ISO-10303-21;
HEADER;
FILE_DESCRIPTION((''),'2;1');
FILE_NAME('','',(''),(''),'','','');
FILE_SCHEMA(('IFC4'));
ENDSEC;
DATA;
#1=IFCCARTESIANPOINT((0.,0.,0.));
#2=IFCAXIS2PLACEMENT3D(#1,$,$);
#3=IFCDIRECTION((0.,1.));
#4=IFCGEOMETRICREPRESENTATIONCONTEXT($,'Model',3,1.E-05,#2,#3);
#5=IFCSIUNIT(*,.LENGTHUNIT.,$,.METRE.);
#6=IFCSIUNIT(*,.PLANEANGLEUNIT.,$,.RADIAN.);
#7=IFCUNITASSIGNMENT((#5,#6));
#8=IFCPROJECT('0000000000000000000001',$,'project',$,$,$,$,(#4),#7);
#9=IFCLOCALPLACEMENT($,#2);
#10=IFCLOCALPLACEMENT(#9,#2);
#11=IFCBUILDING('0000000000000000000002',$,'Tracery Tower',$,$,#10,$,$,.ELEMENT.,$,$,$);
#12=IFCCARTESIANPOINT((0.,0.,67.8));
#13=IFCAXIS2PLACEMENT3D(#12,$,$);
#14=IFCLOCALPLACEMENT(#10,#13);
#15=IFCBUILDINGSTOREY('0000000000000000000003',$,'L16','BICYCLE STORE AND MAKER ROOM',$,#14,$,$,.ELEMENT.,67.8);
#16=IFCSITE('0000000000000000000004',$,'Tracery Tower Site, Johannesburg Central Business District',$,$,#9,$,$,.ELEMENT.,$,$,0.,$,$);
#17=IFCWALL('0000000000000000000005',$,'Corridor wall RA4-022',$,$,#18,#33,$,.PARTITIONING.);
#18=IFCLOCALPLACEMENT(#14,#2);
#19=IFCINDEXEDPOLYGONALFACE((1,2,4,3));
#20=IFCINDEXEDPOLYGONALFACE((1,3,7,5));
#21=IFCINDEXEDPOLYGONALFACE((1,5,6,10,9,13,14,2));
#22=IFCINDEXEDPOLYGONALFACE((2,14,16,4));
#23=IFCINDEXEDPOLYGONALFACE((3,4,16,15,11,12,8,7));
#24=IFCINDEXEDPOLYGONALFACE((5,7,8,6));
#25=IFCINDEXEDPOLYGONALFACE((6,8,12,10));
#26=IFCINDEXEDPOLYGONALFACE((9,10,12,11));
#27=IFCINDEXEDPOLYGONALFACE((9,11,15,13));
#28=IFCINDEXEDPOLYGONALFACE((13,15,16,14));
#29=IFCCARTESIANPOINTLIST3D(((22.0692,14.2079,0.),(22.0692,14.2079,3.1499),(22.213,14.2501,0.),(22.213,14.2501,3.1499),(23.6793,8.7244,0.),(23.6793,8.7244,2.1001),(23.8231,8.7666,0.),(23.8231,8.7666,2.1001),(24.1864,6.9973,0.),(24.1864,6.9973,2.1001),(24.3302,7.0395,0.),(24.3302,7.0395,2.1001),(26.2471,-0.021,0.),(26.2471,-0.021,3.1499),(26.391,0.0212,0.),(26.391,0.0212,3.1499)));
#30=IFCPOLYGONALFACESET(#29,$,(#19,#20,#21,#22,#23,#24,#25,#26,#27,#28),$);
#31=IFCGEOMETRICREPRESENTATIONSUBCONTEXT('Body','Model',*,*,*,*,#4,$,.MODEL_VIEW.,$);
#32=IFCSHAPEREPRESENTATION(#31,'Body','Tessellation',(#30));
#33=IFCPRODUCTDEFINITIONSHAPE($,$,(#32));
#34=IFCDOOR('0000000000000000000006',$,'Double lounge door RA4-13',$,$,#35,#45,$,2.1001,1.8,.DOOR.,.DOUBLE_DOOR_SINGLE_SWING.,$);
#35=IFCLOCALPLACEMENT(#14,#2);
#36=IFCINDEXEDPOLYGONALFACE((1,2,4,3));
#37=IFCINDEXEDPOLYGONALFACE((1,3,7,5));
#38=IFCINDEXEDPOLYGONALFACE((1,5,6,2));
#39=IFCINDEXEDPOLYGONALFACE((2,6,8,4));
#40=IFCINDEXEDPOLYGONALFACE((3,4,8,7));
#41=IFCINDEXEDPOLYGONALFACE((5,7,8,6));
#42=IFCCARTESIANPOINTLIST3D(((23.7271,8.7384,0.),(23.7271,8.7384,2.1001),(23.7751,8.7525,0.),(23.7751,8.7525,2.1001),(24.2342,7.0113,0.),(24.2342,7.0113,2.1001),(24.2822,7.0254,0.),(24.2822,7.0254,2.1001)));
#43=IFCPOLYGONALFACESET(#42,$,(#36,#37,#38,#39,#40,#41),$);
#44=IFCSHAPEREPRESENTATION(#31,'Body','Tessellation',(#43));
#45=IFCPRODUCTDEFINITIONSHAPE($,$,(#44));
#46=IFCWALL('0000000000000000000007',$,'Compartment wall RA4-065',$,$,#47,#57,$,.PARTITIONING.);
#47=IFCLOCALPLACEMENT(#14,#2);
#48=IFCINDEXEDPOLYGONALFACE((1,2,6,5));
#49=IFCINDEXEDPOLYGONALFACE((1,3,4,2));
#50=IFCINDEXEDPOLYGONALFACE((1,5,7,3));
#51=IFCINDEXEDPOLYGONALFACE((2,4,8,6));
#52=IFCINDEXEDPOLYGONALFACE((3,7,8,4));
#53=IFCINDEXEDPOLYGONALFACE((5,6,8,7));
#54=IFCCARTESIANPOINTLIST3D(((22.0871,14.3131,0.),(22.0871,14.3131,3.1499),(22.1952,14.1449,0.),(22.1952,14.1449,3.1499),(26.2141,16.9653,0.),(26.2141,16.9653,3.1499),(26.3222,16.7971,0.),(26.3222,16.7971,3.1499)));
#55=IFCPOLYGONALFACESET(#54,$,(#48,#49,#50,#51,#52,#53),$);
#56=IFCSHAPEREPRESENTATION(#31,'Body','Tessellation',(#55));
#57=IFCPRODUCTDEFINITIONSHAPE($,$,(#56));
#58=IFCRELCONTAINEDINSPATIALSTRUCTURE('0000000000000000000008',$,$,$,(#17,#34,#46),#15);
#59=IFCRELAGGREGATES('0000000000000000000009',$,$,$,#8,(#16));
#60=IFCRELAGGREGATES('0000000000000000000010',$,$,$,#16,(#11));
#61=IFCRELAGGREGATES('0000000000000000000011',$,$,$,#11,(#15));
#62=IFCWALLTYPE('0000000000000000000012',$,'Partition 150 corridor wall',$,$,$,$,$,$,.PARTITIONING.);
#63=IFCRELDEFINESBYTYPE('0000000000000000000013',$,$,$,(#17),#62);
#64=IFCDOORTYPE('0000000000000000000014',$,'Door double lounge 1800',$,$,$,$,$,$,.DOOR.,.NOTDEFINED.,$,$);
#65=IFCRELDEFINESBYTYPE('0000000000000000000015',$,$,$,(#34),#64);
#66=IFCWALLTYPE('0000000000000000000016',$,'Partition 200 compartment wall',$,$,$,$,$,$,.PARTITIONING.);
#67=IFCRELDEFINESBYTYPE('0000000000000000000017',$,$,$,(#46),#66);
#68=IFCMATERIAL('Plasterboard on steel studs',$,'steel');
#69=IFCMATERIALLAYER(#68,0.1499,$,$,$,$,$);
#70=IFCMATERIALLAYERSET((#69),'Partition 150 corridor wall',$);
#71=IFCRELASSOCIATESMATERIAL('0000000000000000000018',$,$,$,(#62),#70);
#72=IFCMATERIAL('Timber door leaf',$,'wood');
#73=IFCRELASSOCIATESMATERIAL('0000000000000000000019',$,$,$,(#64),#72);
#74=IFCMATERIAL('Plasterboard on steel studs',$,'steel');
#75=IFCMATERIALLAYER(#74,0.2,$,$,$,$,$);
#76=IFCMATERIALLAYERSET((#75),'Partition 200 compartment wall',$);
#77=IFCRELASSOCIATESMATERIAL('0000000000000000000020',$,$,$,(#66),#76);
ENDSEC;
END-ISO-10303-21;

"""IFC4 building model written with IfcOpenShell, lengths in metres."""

from ifc_helpers import new_model, si_unit, direction, frame, frame_2d, origin, place, context, subcontext, project, spatial, rectangle, extrude, material, layer, layer_set, type_object, element, fill, save


model = new_model("IFC4")

# Units and contexts
model_context = context("Model", 3, precision=1e-05, world=origin(), true_north=direction((0.0, 1.0)))
body_context = subcontext(model_context, "Body", "Model", "MODEL_VIEW")
ifc_project = project(units=[si_unit("LENGTHUNIT", "METRE"), si_unit("PLANEANGLEUNIT", "RADIAN")], contexts=[model_context])

# Site, building, storey
site_placement = place(None, origin())
site = spatial("IfcSite", under=ifc_project, at=site_placement, Name="Tracery Tower Site, Johannesburg Central Business District", CompositionType="ELEMENT", RefElevation=0.0)
building_placement = place(site_placement, origin())
building = spatial("IfcBuilding", under=site, at=building_placement, Name="Tracery Tower", CompositionType="ELEMENT")
storey_placement = place(building_placement, frame((0.0, 0.0, 67.8)))
storey = spatial("IfcBuildingStorey", under=building, at=storey_placement, Name="L16", Description="BICYCLE STORE AND MAKER ROOM", CompositionType="ELEMENT", Elevation=67.8)

# Wall, opening, door
ifc_material_1 = material(Name="Plasterboard on steel studs", Category="steel")
ifc_layer_1 = layer(ifc_material_1, 0.1499)
ifc_layer_set_1 = layer_set([ifc_layer_1], Name="Partition 150 corridor wall")
wall_type_1 = type_object("IfcWallType", Name="Partition 150 corridor wall", PredefinedType="PARTITIONING", material=ifc_layer_set_1)
wall_1_placement = place(storey_placement, frame((22.1411, 14.229, 0.0), z_axis=(0.0, 0.0, 1.0), x_axis=(0.28173, -0.959494, 0.0)))
wall_1 = element("IfcWall", 1, at=wall_1_placement, inside=storey, type_object=wall_type_1, Name="Corridor wall RA4-022", PredefinedType="PARTITIONING", context=body_context, shape_type="SweptSolid", body=[
    extrude(rectangle(XDim=14.8296, YDim=0.1499, at=frame_2d((7.4148, 0.0))), origin(), (0.0, 0.0, 1.0), 3.1499),
])
opening_1_placement = place(wall_1_placement, frame((5.7151, 0.0, 0.0)))
opening_1 = element("IfcOpeningElement", 2, at=opening_1_placement, cuts=wall_1, PredefinedType="OPENING", context=body_context, shape_type="SweptSolid", body=[
    extrude(rectangle(XDim=1.8, YDim=2.1001, at=frame_2d((0.8999, 1.05))), frame((0.0, 0.075, 0.0), z_axis=(0.0, -1.0, 0.0), x_axis=(1.0, 0.0, 0.0)), (0.0, 0.0, 1.0), 0.1499),
])
ifc_material_2 = material(Name="Timber door leaf", Category="wood")
door_type_1 = type_object("IfcDoorType", Name="Door double lounge 1800", OperationType="NOTDEFINED", PredefinedType="DOOR", material=ifc_material_2)
door_1_placement = place(opening_1_placement, origin())
door_1 = element("IfcDoor", 3, at=door_1_placement, inside=storey, type_object=door_type_1, Name="Double lounge door RA4-13", OperationType="DOUBLE_DOOR_SINGLE_SWING", OverallHeight=2.1001, OverallWidth=1.8, PredefinedType="DOOR", context=body_context, shape_type="SweptSolid", body=[
    extrude(rectangle(XDim=1.8, YDim=2.1001, at=frame_2d((0.8999, 1.05))), frame((0.0, 0.0249, 0.0), z_axis=(0.0, -1.0, 0.0), x_axis=(1.0, 0.0, 0.0)), (0.0, 0.0, 1.0), 0.05),
])
fill(opening_1, door_1)

# Wall
ifc_material_3 = material(Name="Plasterboard on steel studs", Category="steel")
ifc_layer_2 = layer(ifc_material_3, 0.2)
ifc_layer_set_2 = layer_set([ifc_layer_2], Name="Partition 200 compartment wall")
wall_type_2 = type_object("IfcWallType", Name="Partition 200 compartment wall", PredefinedType="PARTITIONING", material=ifc_layer_set_2)
wall_2_placement = place(storey_placement, frame((22.1411, 14.229, 0.0), z_axis=(0.0, 0.0, 1.0), x_axis=(0.841266, 0.540622, 0.0)))
element("IfcWall", 4, at=wall_2_placement, inside=storey, type_object=wall_type_2, Name="Compartment wall RA4-065", PredefinedType="PARTITIONING", context=body_context, shape_type="SweptSolid", body=[
    extrude(rectangle(XDim=4.9058, YDim=0.2, at=frame_2d((2.4529, 0.0))), origin(), (0.0, 0.0, 1.0), 3.1499),
])

save(model, "model.ifc")
